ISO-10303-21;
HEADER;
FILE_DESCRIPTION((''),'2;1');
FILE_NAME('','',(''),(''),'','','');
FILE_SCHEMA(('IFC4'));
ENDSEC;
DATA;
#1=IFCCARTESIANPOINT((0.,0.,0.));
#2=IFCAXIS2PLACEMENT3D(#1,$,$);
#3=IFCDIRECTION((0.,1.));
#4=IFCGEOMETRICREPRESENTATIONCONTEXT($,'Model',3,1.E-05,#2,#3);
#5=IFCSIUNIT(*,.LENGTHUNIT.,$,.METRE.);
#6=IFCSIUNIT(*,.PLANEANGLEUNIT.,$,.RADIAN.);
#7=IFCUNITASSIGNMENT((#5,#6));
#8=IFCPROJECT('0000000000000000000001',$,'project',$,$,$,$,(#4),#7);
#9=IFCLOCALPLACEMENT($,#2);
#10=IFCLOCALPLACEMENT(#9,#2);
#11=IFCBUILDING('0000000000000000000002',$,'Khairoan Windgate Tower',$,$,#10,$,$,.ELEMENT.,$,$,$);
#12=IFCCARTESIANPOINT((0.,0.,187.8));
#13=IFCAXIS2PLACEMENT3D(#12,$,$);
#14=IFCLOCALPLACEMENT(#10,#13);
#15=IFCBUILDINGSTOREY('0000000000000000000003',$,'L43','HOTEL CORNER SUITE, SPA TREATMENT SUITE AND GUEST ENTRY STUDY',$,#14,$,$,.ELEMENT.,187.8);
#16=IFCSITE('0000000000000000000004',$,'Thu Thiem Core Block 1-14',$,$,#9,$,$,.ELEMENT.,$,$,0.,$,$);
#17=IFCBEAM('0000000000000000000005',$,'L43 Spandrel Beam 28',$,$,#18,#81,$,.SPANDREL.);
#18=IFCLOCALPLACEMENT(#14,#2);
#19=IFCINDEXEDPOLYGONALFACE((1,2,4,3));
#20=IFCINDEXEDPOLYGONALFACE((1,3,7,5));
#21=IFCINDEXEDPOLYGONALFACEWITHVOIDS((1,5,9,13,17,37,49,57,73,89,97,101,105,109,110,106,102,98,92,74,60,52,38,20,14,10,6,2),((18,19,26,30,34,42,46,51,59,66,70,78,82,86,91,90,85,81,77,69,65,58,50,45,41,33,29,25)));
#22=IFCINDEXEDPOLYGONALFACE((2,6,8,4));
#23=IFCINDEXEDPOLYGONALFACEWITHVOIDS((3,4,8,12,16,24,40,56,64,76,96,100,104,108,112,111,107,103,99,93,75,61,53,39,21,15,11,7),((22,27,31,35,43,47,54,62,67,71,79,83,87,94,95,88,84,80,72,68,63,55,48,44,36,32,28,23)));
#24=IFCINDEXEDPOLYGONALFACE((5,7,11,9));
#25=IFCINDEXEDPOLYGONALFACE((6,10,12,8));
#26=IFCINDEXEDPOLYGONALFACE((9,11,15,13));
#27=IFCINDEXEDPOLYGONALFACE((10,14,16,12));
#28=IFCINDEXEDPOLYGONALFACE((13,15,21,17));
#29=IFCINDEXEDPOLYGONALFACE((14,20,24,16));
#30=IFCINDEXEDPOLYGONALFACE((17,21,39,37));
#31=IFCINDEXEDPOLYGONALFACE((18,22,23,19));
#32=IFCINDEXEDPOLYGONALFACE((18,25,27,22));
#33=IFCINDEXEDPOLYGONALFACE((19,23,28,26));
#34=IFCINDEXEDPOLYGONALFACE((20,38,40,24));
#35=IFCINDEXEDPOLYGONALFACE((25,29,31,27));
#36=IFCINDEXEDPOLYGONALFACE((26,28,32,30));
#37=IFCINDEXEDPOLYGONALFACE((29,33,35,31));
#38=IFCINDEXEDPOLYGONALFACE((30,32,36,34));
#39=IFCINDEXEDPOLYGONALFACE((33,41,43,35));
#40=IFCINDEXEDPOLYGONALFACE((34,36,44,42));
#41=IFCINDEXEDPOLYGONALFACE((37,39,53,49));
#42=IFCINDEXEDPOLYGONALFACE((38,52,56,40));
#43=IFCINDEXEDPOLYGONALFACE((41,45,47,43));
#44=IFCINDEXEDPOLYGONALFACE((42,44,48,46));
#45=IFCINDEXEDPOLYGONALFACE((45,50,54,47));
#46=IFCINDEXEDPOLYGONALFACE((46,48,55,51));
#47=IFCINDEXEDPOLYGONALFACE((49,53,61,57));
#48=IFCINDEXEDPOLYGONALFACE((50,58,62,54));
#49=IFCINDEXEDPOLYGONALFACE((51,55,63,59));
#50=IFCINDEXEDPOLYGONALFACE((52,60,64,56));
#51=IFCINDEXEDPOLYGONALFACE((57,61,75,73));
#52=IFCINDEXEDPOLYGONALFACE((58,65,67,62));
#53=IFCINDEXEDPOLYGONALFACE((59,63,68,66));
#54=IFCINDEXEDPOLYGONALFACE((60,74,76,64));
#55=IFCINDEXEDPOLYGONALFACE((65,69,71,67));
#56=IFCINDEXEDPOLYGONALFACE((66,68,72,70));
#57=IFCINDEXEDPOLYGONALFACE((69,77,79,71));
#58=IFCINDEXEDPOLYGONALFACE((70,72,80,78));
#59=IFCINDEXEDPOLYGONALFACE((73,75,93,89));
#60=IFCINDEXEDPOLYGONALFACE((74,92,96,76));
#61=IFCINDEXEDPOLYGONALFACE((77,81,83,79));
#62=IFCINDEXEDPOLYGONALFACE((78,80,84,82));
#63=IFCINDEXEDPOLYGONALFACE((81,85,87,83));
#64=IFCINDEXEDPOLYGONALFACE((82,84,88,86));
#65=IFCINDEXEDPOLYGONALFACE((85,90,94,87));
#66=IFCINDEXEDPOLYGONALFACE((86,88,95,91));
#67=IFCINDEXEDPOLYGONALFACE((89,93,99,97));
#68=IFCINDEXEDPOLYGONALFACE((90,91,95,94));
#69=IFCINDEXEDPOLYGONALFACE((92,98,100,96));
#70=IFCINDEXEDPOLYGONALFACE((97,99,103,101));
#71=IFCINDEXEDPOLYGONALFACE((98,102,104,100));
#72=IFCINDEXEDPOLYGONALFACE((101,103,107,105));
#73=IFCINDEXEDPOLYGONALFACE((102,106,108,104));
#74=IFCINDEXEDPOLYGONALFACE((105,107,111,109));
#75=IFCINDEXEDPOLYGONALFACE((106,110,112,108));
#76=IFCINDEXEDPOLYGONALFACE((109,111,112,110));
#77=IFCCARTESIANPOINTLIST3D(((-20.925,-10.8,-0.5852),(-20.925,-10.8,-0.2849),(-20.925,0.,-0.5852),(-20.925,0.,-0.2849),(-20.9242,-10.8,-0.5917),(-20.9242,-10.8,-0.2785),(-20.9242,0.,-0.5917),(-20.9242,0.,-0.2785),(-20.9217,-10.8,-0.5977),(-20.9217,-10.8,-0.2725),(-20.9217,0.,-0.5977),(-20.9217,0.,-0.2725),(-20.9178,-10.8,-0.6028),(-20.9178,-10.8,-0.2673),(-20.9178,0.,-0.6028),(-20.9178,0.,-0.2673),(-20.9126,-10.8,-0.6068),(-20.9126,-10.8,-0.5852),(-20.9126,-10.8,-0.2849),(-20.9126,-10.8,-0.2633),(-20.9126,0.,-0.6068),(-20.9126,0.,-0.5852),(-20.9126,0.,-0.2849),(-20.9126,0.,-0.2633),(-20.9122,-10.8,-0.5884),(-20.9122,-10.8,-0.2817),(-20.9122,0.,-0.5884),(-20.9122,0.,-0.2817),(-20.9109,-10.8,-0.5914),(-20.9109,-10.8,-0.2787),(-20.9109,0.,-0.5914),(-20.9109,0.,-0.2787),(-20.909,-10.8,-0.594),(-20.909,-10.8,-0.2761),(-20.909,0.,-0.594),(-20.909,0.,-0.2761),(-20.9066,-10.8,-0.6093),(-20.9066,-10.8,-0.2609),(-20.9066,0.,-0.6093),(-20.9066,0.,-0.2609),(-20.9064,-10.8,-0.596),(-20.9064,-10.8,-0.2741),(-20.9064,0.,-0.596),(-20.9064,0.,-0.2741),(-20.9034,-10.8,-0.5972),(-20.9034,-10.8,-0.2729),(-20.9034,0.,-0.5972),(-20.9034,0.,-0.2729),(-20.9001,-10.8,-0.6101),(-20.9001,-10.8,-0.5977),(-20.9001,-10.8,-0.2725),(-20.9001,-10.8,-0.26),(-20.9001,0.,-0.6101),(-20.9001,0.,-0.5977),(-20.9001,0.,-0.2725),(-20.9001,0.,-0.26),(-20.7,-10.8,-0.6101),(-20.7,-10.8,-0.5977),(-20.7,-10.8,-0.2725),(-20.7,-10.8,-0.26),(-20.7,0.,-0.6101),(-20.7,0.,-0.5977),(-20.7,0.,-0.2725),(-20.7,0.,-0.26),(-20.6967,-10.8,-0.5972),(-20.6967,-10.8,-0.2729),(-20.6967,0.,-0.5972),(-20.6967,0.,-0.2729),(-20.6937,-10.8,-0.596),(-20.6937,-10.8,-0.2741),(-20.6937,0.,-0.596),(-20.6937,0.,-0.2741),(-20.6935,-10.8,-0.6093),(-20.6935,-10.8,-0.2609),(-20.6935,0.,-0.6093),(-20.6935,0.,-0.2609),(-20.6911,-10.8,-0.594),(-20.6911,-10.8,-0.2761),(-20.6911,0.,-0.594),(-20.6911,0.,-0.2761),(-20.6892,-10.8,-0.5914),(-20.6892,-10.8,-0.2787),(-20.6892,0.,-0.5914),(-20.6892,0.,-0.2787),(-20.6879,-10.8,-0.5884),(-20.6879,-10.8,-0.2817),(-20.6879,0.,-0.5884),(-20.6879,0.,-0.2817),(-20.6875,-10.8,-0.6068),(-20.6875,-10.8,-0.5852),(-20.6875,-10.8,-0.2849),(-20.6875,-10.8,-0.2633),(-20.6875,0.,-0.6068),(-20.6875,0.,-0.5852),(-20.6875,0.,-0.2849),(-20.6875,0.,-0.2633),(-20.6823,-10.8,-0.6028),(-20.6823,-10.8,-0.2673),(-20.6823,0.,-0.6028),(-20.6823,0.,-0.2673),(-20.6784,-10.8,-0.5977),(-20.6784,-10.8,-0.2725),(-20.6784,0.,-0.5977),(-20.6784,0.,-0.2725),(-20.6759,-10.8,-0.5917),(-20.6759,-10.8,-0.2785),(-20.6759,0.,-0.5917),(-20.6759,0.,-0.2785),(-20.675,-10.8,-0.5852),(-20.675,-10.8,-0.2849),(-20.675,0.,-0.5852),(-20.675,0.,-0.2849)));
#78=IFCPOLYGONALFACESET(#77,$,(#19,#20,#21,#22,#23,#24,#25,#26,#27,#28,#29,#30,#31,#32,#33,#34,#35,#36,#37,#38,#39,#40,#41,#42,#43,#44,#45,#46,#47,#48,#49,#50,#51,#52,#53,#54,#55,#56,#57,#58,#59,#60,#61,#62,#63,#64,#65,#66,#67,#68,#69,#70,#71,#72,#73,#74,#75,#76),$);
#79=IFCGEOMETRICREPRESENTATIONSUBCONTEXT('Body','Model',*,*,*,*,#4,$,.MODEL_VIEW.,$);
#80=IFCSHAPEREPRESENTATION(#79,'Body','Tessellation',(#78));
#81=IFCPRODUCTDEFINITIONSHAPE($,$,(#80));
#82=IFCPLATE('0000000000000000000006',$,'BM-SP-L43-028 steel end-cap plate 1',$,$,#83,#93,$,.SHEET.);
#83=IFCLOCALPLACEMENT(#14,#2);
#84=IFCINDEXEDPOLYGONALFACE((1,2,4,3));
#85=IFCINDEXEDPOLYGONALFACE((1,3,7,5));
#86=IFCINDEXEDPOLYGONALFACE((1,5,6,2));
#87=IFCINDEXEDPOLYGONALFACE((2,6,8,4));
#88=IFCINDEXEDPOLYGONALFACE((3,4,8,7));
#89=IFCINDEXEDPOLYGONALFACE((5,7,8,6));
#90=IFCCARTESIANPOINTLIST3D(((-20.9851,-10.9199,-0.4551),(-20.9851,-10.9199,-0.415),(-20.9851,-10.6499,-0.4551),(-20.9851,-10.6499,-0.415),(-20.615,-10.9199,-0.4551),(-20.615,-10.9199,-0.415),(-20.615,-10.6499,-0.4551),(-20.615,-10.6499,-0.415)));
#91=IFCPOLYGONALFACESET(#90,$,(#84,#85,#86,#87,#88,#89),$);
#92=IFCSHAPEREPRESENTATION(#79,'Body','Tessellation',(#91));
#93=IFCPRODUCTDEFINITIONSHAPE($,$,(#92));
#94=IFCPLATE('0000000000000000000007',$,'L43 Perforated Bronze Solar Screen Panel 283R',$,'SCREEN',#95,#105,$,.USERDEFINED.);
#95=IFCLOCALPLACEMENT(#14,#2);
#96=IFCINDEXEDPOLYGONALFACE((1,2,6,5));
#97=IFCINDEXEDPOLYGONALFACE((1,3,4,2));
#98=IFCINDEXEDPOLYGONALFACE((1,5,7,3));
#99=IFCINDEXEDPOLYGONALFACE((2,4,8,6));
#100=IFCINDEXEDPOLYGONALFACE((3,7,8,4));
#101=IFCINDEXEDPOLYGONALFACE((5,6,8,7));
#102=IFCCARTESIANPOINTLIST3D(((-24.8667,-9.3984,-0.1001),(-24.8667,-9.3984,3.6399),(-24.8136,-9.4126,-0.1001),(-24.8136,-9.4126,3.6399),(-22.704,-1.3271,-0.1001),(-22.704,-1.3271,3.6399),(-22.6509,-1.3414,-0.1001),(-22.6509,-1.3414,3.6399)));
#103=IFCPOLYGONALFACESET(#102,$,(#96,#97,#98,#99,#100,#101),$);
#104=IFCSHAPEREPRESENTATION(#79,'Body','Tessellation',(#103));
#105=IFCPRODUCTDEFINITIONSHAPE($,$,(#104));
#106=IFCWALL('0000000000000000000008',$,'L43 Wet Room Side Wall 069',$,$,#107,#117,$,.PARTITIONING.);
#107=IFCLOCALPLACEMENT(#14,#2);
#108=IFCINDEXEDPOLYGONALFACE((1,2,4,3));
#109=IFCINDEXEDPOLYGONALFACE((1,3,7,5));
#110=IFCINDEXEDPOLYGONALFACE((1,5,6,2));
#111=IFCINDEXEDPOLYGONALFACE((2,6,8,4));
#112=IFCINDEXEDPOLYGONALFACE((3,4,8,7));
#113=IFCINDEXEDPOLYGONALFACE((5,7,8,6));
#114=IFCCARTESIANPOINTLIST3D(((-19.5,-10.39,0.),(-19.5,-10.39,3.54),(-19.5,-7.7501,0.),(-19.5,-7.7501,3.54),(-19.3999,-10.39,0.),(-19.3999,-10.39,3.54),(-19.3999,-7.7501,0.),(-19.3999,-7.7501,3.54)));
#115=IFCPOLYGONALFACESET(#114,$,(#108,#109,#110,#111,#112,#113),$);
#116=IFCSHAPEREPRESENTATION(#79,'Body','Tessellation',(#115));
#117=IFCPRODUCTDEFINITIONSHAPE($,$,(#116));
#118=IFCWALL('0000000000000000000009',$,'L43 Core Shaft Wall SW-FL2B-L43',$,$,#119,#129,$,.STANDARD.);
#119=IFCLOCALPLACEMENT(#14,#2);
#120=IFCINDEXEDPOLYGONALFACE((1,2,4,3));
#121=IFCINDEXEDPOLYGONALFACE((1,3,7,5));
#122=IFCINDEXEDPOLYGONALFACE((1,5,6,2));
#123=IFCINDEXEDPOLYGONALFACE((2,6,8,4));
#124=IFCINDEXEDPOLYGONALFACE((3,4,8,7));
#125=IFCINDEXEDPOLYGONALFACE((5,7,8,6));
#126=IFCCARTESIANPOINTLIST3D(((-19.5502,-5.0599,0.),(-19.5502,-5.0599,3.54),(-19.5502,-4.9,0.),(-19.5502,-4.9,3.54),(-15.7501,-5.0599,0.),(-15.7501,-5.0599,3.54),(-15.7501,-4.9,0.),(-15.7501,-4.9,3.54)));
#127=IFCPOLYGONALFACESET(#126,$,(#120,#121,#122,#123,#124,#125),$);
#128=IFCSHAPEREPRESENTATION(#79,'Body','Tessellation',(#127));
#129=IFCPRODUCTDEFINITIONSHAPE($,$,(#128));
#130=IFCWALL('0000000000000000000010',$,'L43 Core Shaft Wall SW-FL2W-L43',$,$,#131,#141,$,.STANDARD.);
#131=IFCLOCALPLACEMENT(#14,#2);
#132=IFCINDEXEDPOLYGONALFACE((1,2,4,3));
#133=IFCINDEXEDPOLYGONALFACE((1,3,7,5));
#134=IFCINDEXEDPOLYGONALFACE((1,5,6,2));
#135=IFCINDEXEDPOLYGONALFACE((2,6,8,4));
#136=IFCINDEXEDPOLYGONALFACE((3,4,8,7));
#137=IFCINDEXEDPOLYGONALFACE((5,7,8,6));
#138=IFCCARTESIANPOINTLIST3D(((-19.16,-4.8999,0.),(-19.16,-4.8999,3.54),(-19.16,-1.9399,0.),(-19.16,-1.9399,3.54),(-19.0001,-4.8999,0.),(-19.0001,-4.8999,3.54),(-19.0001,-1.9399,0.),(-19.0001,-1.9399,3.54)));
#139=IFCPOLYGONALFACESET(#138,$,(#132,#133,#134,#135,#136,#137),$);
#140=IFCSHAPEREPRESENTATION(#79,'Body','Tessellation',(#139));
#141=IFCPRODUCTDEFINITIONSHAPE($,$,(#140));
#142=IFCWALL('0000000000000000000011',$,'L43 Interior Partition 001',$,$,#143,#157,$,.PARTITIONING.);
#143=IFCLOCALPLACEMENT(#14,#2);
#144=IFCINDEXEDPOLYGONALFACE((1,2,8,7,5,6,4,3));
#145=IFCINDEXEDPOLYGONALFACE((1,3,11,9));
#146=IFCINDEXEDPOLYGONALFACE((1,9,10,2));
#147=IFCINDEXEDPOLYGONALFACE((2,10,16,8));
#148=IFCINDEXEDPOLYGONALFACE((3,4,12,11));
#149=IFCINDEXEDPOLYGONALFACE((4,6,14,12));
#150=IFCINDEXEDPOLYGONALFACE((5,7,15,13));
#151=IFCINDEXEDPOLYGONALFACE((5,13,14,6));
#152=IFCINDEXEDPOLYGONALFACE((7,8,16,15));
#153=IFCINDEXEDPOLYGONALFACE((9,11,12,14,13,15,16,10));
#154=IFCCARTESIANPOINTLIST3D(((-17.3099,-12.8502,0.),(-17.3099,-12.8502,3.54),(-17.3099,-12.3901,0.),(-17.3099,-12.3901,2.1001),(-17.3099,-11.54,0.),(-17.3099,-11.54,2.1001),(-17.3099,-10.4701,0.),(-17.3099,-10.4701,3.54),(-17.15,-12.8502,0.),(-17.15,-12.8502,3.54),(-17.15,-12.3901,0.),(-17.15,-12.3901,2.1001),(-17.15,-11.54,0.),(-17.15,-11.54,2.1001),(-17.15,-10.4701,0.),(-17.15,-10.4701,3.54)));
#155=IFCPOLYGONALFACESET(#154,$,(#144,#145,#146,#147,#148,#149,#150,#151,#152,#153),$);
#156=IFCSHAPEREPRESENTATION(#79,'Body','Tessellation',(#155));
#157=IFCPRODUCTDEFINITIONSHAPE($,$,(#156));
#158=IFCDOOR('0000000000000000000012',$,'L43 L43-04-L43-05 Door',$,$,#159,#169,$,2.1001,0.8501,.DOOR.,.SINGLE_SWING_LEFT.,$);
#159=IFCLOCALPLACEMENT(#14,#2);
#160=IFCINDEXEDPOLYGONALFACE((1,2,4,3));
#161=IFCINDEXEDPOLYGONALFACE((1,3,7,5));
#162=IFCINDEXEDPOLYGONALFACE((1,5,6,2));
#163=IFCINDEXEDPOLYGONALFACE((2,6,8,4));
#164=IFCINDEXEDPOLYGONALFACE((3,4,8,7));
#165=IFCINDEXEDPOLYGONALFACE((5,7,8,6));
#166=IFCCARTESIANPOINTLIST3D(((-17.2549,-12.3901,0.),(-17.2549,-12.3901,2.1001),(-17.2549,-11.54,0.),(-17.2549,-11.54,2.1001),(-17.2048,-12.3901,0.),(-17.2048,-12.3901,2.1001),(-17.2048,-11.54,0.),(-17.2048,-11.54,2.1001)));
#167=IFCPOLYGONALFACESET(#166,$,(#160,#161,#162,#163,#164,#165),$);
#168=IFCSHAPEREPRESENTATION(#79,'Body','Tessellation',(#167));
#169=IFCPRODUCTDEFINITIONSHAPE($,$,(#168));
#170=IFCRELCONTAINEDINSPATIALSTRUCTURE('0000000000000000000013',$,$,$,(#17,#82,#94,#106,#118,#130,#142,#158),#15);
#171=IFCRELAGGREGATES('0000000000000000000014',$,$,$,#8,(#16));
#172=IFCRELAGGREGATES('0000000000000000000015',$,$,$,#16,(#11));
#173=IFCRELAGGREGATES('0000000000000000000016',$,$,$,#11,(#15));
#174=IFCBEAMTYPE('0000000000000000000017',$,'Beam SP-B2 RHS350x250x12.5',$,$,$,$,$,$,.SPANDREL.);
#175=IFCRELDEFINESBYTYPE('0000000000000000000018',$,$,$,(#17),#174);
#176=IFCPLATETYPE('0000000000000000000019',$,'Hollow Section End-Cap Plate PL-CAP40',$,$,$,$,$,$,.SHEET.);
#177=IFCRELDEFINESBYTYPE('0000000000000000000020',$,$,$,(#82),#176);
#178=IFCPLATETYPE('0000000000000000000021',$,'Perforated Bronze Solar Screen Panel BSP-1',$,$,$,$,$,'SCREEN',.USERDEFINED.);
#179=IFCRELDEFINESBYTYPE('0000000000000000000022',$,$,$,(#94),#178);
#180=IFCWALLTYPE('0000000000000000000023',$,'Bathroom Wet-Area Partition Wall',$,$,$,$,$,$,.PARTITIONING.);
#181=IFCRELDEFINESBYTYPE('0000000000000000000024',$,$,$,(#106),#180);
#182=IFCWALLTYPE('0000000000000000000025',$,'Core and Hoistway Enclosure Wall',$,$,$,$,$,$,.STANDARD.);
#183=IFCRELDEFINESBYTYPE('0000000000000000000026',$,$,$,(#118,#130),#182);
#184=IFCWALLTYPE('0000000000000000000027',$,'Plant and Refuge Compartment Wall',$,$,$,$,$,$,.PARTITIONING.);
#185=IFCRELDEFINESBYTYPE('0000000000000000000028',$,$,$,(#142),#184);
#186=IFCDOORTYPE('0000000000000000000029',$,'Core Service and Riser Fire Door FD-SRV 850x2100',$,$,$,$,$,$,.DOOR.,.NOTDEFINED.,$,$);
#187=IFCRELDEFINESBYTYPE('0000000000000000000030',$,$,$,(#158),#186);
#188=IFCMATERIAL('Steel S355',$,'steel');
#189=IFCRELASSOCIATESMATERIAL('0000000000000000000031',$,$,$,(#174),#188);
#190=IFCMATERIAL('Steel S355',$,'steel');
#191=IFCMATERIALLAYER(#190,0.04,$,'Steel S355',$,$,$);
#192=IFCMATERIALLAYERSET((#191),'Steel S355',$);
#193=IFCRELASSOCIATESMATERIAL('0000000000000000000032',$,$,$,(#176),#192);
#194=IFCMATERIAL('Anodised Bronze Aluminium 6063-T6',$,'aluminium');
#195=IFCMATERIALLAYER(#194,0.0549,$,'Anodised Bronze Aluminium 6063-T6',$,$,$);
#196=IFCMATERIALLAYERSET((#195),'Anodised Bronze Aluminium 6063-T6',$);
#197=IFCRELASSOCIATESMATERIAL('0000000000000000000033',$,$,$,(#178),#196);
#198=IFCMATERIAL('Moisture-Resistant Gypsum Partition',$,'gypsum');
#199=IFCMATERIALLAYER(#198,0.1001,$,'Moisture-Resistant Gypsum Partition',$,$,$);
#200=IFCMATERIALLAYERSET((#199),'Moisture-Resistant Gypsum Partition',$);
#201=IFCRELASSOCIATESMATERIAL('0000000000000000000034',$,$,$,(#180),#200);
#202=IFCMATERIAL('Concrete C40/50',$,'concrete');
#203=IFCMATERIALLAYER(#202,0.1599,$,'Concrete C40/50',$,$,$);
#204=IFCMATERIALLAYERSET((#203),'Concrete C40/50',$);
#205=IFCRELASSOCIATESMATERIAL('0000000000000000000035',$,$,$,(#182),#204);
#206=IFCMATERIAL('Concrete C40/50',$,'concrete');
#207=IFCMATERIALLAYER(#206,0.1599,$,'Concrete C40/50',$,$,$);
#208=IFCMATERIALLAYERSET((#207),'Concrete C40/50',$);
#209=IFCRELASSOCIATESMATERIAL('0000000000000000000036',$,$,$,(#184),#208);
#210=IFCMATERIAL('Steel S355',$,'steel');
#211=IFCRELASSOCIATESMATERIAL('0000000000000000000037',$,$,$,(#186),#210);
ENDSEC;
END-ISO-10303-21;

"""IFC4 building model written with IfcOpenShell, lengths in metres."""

from ifc_helpers import new_model, si_unit, direction, frame, frame_2d, origin, origin_2d, place, context, subcontext, project, spatial, rectangle, hollow_rectangle, extrude, material, layer, layer_set, material_profile, profile_set, type_object, element, fill, save


model = new_model("IFC4")

# Units and contexts
model_context = context("Model", 3, precision=1e-05, world=origin(), true_north=direction((0.0, 1.0)))
body_context = subcontext(model_context, "Body", "Model", "MODEL_VIEW")
ifc_project = project(units=[si_unit("LENGTHUNIT", "METRE"), si_unit("PLANEANGLEUNIT", "RADIAN")], contexts=[model_context])

# Site, building, storey
site_placement = place(None, origin())
site = spatial("IfcSite", under=ifc_project, at=site_placement, Name="Thu Thiem Core Block 1-14", CompositionType="ELEMENT", RefElevation=0.0)
building_placement = place(site_placement, origin())
building = spatial("IfcBuilding", under=site, at=building_placement, Name="Khairoan Windgate Tower", CompositionType="ELEMENT")
storey_placement = place(building_placement, frame((0.0, 0.0, 187.8)))
storey = spatial("IfcBuildingStorey", under=building, at=storey_placement, Name="L43", Description="HOTEL CORNER SUITE, SPA TREATMENT SUITE AND GUEST ENTRY STUDY", CompositionType="ELEMENT", Elevation=187.8)

# Beam
ifc_material_1 = material(Name="Steel S355", Category="steel")
ifc_material_profile_1 = material_profile(ifc_material_1, hollow_rectangle(XDim=0.25, YDim=0.3501, WallThickness=0.0125, InnerFilletRadius=0.0125, OuterFilletRadius=0.0249, at=origin_2d()))
ifc_profile_set_1 = profile_set([ifc_material_profile_1], Name="Steel S355")
beam_type_1 = type_object("IfcBeamType", Name="Beam SP-B2 RHS350x250x12.5", PredefinedType="SPANDREL", material=ifc_profile_set_1)
beam_1_placement = place(storey_placement, frame((-20.8, -10.8, -0.4351), z_axis=(0.0, 1.0, 0.0), x_axis=(-1.0, 0.0, 0.0)))
element("IfcBeam", 1, at=beam_1_placement, inside=storey, type_object=beam_type_1, Name="L43 Spandrel Beam 28", PredefinedType="SPANDREL", context=body_context, shape_type="SweptSolid", body=[
    extrude(hollow_rectangle(XDim=0.25, YDim=0.3501, WallThickness=0.0125, InnerFilletRadius=0.0125, OuterFilletRadius=0.0249, at=origin_2d()), origin(), (0.0, 0.0, 1.0), 10.8),
])

# Plates
ifc_material_2 = material(Name="Steel S355", Category="steel")
ifc_layer_1 = layer(ifc_material_2, 0.04, Name="Steel S355")
ifc_layer_set_1 = layer_set([ifc_layer_1], Name="Steel S355")
plate_type_1 = type_object("IfcPlateType", Name="Hollow Section End-Cap Plate PL-CAP40", PredefinedType="SHEET", material=ifc_layer_set_1)
plate_1_placement = place(storey_placement, frame((-20.8, -10.7849, -0.4551), z_axis=(0.0, 0.0, 1.0), x_axis=(0.0, 1.0, 0.0)))
element("IfcPlate", 2, at=plate_1_placement, inside=storey, type_object=plate_type_1, Name="BM-SP-L43-028 steel end-cap plate 1", PredefinedType="SHEET", context=body_context, shape_type="SweptSolid", body=[
    extrude(rectangle(XDim=0.27, YDim=0.3701, at=origin_2d()), origin(), (0.0, 0.0, 1.0), 0.04),
])
ifc_material_3 = material(Name="Anodised Bronze Aluminium 6063-T6", Category="aluminium")
ifc_layer_2 = layer(ifc_material_3, 0.0549, Name="Anodised Bronze Aluminium 6063-T6")
ifc_layer_set_2 = layer_set([ifc_layer_2], Name="Anodised Bronze Aluminium 6063-T6")
plate_type_2 = type_object("IfcPlateType", Name="Perforated Bronze Solar Screen Panel BSP-1", ElementType="SCREEN", PredefinedType="USERDEFINED", material=ifc_layer_set_2)
plate_2_placement = place(storey_placement, frame((-23.7588, -5.3699, -0.1001), z_axis=(0.0, 0.0, 1.0), x_axis=(0.258819, 0.965926, 0.0)))
element("IfcPlate", 3, at=plate_2_placement, inside=storey, type_object=plate_type_2, Name="L43 Perforated Bronze Solar Screen Panel 283R", ObjectType="SCREEN", PredefinedType="USERDEFINED", context=body_context, shape_type="SweptSolid", body=[
    extrude(rectangle(XDim=8.356, YDim=0.0549, at=origin_2d()), origin(), (0.0, 0.0, 1.0), 3.74),
])

# Walls
ifc_material_4 = material(Name="Moisture-Resistant Gypsum Partition", Category="gypsum")
ifc_layer_3 = layer(ifc_material_4, 0.1001, Name="Moisture-Resistant Gypsum Partition")
ifc_layer_set_3 = layer_set([ifc_layer_3], Name="Moisture-Resistant Gypsum Partition")
wall_type_1 = type_object("IfcWallType", Name="Bathroom Wet-Area Partition Wall", PredefinedType="PARTITIONING", material=ifc_layer_set_3)
wall_1_placement = place(storey_placement, frame((-19.45, -10.3899, 0.0), z_axis=(0.0, 0.0, 1.0), x_axis=(0.0, 1.0, 0.0)))
element("IfcWall", 4, at=wall_1_placement, inside=storey, type_object=wall_type_1, Name="L43 Wet Room Side Wall 069", PredefinedType="PARTITIONING", context=body_context, shape_type="SweptSolid", body=[
    extrude(rectangle(XDim=2.6399, YDim=0.1001, at=frame_2d((1.3198, 0.0))), origin(), (0.0, 0.0, 1.0), 3.54),
])
ifc_material_5 = material(Name="Concrete C40/50", Category="concrete")
ifc_layer_4 = layer(ifc_material_5, 0.1599, Name="Concrete C40/50")
ifc_layer_set_4 = layer_set([ifc_layer_4], Name="Concrete C40/50")
wall_type_2 = type_object("IfcWallType", Name="Core and Hoistway Enclosure Wall", PredefinedType="STANDARD", material=ifc_layer_set_4)
wall_2_placement = place(storey_placement, frame((-19.55, -4.98, 0.0), z_axis=(0.0, 0.0, 1.0), x_axis=(1.0, 0.0, 0.0)))
element("IfcWall", 5, at=wall_2_placement, inside=storey, type_object=wall_type_2, Name="L43 Core Shaft Wall SW-FL2B-L43", PredefinedType="STANDARD", context=body_context, shape_type="SweptSolid", body=[
    extrude(rectangle(XDim=3.8, YDim=0.1599, at=frame_2d((1.8999, 0.0))), origin(), (0.0, 0.0, 1.0), 3.54),
])
wall_3_placement = place(storey_placement, frame((-19.0801, -4.8999, 0.0), z_axis=(0.0, 0.0, 1.0), x_axis=(0.0, 1.0, 0.0)))
element("IfcWall", 6, at=wall_3_placement, inside=storey, type_object=wall_type_2, Name="L43 Core Shaft Wall SW-FL2W-L43", PredefinedType="STANDARD", context=body_context, shape_type="SweptSolid", body=[
    extrude(rectangle(XDim=2.96, YDim=0.1599, at=frame_2d((1.48, 0.0))), origin(), (0.0, 0.0, 1.0), 3.54),
])

# Wall, opening, door
ifc_material_6 = material(Name="Concrete C40/50", Category="concrete")
ifc_layer_5 = layer(ifc_material_6, 0.1599, Name="Concrete C40/50")
ifc_layer_set_5 = layer_set([ifc_layer_5], Name="Concrete C40/50")
wall_type_3 = type_object("IfcWallType", Name="Plant and Refuge Compartment Wall", PredefinedType="PARTITIONING", material=ifc_layer_set_5)
wall_4_placement = place(storey_placement, frame((-17.23, -12.8501, 0.0), z_axis=(0.0, 0.0, 1.0), x_axis=(0.0, 1.0, 0.0)))
wall_4 = element("IfcWall", 7, at=wall_4_placement, inside=storey, type_object=wall_type_3, Name="L43 Interior Partition 001", PredefinedType="PARTITIONING", context=body_context, shape_type="SweptSolid", body=[
    extrude(rectangle(XDim=2.3801, YDim=0.1599, at=frame_2d((1.1899, 0.0))), origin(), (0.0, 0.0, 1.0), 3.54),
])
opening_1_placement = place(wall_4_placement, frame((0.46, 0.0, 0.0)))
opening_1 = element("IfcOpeningElement", 8, at=opening_1_placement, cuts=wall_4, PredefinedType="OPENING", context=body_context, shape_type="SweptSolid", body=[
    extrude(rectangle(XDim=0.8501, YDim=2.1001, at=frame_2d((0.425, 1.05))), frame((0.0, 0.0898, 0.0), z_axis=(0.0, -1.0, 0.0), x_axis=(1.0, 0.0, 0.0)), (0.0, 0.0, 1.0), 0.1799),
])
ifc_material_7 = material(Name="Steel S355", Category="steel")
door_type = type_object("IfcDoorType", Name="Core Service and Riser Fire Door FD-SRV 850x2100", OperationType="NOTDEFINED", PredefinedType="DOOR", material=ifc_material_7)
door_1_placement = place(opening_1_placement, origin())
door_1 = element("IfcDoor", 9, at=door_1_placement, inside=storey, type_object=door_type, Name="L43 L43-04-L43-05 Door", OperationType="SINGLE_SWING_LEFT", OverallHeight=2.1001, OverallWidth=0.8501, PredefinedType="DOOR", context=body_context, shape_type="SweptSolid", body=[
    extrude(rectangle(XDim=0.8501, YDim=2.1001, at=frame_2d((0.425, 1.05))), frame((0.0, 0.0249, 0.0), z_axis=(0.0, -1.0, 0.0), x_axis=(1.0, 0.0, 0.0)), (0.0, 0.0, 1.0), 0.05),
])
fill(opening_1, door_1)

save(model, "model.ifc")
